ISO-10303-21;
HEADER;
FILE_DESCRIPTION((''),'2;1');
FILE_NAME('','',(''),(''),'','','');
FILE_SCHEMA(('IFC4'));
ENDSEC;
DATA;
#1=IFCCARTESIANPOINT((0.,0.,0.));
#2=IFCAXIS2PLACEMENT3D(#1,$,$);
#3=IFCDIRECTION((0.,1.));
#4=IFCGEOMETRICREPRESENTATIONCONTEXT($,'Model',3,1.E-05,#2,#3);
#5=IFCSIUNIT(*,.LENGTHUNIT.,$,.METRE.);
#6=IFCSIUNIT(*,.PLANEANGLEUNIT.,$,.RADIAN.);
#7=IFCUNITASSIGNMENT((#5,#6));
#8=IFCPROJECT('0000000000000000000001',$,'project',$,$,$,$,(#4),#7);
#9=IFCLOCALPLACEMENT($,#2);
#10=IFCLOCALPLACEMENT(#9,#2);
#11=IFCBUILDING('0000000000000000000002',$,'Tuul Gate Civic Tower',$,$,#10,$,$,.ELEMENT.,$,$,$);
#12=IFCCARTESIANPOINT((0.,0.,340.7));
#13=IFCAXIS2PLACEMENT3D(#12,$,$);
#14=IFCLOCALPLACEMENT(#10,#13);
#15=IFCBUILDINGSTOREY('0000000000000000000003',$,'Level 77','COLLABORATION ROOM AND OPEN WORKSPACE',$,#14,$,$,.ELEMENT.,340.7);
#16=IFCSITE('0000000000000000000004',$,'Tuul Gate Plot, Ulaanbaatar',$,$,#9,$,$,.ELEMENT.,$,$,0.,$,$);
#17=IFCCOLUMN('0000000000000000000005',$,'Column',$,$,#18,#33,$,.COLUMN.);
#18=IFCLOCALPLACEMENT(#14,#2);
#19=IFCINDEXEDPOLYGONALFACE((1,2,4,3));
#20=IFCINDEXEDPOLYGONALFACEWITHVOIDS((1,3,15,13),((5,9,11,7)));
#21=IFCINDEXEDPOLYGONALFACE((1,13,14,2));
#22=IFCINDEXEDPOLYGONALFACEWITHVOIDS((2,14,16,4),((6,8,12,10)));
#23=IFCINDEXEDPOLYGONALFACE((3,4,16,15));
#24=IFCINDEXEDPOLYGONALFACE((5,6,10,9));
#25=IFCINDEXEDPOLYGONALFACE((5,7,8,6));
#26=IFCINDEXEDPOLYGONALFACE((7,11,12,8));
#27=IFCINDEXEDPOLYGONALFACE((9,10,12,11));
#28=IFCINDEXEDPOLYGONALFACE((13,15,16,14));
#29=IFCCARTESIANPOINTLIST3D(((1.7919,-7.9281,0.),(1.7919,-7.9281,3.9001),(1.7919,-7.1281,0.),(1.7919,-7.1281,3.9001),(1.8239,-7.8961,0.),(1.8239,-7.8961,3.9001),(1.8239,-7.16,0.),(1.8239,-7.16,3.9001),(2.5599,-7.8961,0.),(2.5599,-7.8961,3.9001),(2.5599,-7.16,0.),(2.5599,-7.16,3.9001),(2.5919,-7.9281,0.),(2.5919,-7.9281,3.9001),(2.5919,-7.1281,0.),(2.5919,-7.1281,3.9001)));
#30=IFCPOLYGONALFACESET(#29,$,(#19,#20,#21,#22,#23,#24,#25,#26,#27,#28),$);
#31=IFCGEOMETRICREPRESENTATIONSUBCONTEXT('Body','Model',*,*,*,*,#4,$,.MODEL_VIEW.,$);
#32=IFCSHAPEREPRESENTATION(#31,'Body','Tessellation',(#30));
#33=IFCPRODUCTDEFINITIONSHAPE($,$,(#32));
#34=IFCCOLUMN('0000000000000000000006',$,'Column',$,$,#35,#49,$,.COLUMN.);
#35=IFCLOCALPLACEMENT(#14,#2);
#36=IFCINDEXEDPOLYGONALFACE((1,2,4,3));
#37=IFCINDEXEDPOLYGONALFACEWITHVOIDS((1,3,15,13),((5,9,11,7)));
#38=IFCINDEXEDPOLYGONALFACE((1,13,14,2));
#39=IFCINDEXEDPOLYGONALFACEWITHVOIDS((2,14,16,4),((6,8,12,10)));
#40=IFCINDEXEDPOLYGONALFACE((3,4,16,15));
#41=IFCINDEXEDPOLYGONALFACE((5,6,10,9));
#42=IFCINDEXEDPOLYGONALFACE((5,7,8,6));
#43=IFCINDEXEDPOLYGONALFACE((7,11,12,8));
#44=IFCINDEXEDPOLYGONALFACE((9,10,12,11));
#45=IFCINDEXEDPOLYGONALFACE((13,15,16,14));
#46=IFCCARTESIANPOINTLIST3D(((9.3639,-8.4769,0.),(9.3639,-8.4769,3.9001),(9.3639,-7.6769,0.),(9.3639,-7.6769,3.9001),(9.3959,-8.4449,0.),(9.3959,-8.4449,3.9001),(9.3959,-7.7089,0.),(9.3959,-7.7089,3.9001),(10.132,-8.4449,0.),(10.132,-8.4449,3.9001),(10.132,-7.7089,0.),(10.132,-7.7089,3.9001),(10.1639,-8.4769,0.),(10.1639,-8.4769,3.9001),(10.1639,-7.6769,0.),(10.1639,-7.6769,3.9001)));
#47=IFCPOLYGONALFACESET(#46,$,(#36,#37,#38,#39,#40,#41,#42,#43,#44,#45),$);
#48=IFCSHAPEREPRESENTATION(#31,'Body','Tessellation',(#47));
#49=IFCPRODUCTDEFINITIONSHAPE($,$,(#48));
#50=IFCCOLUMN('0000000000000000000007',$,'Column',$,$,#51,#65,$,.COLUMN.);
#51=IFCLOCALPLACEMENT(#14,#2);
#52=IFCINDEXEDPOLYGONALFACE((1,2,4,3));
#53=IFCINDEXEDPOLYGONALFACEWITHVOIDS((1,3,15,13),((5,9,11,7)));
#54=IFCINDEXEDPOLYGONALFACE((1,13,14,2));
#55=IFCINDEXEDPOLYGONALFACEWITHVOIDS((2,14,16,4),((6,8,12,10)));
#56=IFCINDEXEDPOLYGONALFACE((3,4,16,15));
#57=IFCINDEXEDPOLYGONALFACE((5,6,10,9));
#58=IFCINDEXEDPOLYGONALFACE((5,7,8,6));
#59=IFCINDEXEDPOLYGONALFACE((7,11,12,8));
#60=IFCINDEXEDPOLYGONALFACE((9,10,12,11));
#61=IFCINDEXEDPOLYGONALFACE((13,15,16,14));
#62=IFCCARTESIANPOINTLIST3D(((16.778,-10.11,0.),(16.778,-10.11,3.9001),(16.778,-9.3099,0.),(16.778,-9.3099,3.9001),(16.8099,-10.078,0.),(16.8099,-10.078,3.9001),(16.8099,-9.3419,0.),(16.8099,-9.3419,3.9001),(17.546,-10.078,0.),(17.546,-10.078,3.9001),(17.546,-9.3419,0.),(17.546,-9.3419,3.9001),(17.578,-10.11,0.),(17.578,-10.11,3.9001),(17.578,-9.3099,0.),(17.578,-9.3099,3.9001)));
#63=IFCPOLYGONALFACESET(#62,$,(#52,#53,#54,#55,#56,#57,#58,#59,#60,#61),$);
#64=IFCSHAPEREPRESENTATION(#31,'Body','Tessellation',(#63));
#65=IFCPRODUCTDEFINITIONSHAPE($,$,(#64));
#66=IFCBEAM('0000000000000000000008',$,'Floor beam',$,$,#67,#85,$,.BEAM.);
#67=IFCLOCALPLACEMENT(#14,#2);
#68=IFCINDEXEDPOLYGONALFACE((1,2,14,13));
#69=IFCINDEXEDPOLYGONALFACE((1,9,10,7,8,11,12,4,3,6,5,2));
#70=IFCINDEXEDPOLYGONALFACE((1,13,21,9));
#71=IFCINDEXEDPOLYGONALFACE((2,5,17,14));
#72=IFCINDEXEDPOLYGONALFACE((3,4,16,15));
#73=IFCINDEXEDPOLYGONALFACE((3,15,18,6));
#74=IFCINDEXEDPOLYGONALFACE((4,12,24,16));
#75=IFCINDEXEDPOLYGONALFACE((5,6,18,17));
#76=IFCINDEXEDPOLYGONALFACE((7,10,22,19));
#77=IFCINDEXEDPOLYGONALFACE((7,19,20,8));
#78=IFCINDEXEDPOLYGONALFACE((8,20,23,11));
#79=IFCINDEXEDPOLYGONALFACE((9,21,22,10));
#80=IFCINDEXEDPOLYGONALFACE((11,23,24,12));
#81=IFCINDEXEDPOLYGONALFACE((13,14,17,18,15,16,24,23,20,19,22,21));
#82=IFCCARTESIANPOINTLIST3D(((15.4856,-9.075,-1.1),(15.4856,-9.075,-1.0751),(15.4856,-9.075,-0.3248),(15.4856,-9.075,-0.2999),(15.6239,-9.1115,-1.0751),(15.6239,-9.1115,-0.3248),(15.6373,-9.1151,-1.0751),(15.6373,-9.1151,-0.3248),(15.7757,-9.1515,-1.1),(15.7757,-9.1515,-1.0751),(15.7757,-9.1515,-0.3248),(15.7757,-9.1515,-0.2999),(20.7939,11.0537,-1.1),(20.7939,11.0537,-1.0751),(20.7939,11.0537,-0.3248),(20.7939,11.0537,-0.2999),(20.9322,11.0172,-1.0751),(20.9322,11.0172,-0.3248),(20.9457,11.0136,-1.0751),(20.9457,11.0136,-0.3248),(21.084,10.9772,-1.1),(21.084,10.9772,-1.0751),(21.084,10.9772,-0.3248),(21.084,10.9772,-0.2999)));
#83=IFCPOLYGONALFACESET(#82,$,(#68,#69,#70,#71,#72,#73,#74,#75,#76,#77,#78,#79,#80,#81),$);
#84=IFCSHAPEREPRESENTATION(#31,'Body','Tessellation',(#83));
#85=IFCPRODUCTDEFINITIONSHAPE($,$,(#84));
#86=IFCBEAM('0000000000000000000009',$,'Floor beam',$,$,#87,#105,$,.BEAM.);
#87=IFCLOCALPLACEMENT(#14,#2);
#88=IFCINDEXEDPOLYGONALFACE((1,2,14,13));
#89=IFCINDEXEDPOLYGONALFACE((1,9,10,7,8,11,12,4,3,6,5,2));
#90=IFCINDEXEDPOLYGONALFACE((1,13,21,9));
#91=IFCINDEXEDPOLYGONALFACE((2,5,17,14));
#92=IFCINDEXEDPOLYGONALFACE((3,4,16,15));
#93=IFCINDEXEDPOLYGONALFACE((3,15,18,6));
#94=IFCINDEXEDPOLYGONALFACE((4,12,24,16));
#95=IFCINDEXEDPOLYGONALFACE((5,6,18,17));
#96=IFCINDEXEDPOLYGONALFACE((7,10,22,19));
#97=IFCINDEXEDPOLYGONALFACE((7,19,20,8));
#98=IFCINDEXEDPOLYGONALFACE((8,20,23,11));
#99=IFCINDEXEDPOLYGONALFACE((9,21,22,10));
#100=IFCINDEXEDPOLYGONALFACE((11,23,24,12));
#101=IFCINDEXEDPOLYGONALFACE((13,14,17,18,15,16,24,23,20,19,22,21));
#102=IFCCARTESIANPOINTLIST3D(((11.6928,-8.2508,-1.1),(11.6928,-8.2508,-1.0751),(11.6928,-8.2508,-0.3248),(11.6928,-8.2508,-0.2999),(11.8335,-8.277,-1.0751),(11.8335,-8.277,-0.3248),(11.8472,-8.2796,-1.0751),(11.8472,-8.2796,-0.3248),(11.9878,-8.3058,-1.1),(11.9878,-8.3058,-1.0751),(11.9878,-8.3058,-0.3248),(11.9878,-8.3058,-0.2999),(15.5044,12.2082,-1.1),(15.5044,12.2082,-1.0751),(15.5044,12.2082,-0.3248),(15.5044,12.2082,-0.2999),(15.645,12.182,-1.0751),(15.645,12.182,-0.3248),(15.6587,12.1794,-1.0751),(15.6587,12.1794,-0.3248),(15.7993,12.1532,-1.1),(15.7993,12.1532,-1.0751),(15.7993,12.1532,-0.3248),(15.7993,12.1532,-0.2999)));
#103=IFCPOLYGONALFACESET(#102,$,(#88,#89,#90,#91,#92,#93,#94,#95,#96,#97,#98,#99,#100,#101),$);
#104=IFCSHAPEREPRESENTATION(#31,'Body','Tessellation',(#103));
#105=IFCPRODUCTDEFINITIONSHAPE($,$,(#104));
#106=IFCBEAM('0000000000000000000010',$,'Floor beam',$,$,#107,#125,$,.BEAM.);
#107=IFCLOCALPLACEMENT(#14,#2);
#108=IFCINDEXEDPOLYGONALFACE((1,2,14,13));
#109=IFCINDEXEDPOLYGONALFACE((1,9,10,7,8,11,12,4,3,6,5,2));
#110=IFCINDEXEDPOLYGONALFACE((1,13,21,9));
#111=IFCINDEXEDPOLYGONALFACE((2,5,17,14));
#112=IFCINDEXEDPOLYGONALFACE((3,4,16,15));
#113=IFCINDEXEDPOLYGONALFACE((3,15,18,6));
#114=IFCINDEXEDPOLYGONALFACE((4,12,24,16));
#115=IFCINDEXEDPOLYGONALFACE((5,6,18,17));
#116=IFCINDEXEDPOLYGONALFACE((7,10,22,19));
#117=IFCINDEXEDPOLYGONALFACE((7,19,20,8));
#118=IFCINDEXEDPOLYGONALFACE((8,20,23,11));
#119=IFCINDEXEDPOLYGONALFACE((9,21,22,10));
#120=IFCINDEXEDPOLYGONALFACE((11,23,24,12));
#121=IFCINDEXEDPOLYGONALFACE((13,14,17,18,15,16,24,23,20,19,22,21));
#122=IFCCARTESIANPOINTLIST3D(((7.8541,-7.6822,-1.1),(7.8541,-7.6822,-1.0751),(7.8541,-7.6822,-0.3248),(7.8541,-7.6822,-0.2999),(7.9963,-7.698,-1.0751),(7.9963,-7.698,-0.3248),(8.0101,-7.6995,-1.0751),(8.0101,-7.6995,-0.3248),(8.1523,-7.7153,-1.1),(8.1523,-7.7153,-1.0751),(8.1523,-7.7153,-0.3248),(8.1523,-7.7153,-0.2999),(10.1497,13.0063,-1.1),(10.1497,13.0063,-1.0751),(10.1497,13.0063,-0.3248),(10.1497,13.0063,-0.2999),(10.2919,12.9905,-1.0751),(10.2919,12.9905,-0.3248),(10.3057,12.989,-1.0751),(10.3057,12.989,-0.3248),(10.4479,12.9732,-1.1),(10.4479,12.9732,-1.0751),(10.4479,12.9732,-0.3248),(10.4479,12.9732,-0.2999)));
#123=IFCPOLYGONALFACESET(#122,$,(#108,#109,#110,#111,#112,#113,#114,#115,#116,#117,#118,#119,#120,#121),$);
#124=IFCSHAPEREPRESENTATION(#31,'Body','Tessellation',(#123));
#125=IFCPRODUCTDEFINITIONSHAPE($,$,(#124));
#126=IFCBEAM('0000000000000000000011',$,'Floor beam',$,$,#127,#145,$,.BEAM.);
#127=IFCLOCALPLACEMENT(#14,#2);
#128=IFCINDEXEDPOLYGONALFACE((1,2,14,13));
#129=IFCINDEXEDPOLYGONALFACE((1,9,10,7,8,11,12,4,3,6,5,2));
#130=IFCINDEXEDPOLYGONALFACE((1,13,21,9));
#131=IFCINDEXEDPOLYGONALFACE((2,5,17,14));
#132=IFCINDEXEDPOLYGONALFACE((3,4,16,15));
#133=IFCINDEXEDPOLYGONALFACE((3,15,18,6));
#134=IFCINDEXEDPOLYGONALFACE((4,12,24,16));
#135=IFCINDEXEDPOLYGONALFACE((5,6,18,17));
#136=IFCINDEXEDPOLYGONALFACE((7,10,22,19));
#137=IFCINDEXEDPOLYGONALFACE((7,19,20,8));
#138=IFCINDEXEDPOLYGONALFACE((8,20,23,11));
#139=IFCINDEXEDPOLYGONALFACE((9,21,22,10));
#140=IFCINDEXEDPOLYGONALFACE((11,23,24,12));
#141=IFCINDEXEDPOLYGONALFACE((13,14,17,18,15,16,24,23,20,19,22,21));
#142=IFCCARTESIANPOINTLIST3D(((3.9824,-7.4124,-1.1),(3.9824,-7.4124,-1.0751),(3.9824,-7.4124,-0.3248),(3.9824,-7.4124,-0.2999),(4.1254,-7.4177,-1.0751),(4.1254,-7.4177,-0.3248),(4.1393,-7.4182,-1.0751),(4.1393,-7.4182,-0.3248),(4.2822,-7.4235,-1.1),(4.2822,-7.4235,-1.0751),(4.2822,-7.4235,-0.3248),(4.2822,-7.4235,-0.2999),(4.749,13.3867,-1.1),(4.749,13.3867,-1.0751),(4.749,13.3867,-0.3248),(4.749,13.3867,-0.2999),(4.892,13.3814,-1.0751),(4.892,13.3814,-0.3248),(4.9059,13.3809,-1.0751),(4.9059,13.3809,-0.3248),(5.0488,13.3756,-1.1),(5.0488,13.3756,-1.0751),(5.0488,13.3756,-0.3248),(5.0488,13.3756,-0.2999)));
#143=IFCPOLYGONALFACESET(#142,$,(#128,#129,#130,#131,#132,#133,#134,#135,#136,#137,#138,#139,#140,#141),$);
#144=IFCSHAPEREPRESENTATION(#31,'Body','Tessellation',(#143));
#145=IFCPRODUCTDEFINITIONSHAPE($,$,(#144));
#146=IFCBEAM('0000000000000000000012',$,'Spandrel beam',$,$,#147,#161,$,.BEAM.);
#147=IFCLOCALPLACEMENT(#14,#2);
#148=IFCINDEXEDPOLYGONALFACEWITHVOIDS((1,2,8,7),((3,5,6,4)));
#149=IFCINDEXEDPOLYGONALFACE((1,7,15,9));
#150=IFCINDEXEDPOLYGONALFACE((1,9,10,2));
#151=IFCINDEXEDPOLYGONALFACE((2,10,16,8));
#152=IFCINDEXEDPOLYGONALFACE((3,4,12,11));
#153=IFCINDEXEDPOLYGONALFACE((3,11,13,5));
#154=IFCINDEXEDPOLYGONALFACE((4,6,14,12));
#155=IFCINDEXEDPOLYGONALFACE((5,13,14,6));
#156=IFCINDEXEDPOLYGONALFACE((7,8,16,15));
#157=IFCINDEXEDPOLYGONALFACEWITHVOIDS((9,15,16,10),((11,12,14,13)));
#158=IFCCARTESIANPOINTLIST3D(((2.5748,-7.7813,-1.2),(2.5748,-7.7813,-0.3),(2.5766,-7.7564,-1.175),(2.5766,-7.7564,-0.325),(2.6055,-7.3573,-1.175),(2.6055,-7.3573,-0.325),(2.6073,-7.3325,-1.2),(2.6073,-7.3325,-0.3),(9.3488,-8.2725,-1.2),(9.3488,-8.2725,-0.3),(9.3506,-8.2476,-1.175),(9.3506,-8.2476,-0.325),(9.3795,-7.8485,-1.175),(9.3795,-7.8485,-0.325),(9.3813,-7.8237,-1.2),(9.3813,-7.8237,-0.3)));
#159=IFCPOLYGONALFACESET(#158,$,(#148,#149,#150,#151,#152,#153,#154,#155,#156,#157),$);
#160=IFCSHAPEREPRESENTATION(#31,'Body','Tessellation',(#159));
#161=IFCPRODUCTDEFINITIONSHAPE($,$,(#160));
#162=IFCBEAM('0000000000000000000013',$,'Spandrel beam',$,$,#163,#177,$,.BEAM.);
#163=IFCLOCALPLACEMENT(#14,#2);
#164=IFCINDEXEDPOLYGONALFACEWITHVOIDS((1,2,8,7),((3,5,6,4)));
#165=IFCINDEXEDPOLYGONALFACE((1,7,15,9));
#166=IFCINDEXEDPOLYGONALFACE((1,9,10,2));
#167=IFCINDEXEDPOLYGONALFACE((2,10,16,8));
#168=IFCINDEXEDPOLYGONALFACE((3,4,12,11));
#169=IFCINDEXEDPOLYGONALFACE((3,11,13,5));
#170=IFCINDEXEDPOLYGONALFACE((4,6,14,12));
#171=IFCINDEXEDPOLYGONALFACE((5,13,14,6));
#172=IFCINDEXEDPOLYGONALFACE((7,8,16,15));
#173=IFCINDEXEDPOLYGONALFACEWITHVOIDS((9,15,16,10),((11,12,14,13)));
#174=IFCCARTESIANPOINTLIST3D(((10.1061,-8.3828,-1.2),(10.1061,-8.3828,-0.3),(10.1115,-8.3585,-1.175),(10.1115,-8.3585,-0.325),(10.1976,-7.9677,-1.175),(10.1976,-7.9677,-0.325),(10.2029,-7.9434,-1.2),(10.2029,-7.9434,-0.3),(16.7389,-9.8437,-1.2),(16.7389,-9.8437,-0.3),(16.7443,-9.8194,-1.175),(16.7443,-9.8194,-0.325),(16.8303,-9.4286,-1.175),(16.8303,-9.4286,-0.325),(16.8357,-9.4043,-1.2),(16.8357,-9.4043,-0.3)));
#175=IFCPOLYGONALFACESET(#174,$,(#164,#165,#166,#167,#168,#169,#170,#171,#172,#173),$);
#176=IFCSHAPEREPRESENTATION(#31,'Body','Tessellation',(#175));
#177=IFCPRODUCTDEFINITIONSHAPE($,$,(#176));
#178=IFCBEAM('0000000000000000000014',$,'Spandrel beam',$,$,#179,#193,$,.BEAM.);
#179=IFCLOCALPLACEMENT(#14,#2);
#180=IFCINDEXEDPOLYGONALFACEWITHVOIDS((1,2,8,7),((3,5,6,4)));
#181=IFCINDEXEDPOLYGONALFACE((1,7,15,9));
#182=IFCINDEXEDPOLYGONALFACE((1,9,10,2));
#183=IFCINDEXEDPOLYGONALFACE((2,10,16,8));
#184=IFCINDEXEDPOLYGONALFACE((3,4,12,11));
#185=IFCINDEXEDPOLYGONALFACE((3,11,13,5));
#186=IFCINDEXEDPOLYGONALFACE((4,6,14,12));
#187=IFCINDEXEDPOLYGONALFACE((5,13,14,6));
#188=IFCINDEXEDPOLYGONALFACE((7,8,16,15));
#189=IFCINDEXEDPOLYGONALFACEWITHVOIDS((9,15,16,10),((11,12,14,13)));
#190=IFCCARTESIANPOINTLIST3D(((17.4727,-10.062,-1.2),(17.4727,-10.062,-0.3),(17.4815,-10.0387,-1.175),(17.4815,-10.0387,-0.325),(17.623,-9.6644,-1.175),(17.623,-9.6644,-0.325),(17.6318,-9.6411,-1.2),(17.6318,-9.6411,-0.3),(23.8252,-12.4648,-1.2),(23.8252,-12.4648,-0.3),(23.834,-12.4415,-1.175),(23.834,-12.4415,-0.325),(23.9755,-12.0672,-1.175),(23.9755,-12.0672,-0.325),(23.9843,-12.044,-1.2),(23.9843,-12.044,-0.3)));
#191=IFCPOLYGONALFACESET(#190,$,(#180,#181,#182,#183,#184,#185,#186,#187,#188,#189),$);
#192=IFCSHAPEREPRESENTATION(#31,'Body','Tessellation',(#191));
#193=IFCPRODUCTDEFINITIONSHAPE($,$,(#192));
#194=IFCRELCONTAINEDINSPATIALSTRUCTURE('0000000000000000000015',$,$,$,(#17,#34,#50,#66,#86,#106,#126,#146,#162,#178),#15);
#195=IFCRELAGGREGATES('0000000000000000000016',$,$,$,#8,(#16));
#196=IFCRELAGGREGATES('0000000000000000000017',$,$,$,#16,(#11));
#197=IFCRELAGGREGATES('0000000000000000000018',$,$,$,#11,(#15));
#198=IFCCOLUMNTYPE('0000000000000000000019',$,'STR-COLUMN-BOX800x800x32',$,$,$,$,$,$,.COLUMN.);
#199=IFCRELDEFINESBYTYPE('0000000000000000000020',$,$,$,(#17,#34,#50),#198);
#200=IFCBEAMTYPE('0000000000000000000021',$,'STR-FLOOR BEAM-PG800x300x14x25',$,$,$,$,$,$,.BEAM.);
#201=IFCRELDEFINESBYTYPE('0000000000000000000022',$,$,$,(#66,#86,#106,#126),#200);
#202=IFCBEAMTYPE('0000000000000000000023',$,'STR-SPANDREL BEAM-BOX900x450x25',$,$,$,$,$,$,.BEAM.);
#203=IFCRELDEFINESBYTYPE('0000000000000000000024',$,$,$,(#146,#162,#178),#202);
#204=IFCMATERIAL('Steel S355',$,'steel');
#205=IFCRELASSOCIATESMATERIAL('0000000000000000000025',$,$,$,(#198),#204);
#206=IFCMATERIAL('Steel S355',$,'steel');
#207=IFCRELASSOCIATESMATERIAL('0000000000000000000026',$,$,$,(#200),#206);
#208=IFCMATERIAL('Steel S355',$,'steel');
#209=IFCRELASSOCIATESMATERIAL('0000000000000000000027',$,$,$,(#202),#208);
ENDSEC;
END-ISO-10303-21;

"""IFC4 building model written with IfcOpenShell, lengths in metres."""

from ifc_helpers import new_model, si_unit, direction, frame, origin, origin_2d, place, context, subcontext, project, spatial, hollow_rectangle, i_section, extrude, material, material_profile, profile_set, type_object, element, save


model = new_model("IFC4")

# Units and contexts
model_context = context("Model", 3, precision=1e-05, world=origin(), true_north=direction((0.0, 1.0)))
body_context = subcontext(model_context, "Body", "Model", "MODEL_VIEW")
ifc_project = project(units=[si_unit("LENGTHUNIT", "METRE"), si_unit("PLANEANGLEUNIT", "RADIAN")], contexts=[model_context])

# Site, building, storey
site_placement = place(None, origin())
site = spatial("IfcSite", under=ifc_project, at=site_placement, Name="Tuul Gate Plot, Ulaanbaatar", CompositionType="ELEMENT", RefElevation=0.0)
building_placement = place(site_placement, origin())
building = spatial("IfcBuilding", under=site, at=building_placement, Name="Tuul Gate Civic Tower", CompositionType="ELEMENT")
storey_placement = place(building_placement, frame((0.0, 0.0, 340.7)))
storey = spatial("IfcBuildingStorey", under=building, at=storey_placement, Name="Level 77", Description="COLLABORATION ROOM AND OPEN WORKSPACE", CompositionType="ELEMENT", Elevation=340.7)

# Columns
ifc_material_1 = material(Name="Steel S355", Category="steel")
ifc_material_profile_1 = material_profile(ifc_material_1, hollow_rectangle(XDim=0.8, YDim=0.8, WallThickness=0.032, at=origin_2d()), Name="BOX800x800x32")
ifc_profile_set_1 = profile_set([ifc_material_profile_1], Name="Steel S355")
column_type = type_object("IfcColumnType", Name="STR-COLUMN-BOX800x800x32", PredefinedType="COLUMN", material=ifc_profile_set_1)
for number, where, z_axis, x_axis, name in (
    (1, (2.1919, -7.5281, 0.0), (0.0, 0.0, 1.0), (1.0, 0.0, 0.0), "Column"),
    (2, (9.7639, -8.0769, 0.0), (0.0, 0.0, 1.0), (1.0, 0.0, 0.0), "Column"),
    (3, (17.178, -9.71, 0.0), (0.0, 0.0, 1.0), (1.0, 0.0, 0.0), "Column"),
):
    element("IfcColumn", number, at=place(storey_placement, frame(where, z_axis=z_axis, x_axis=x_axis)), inside=storey, type_object=column_type, Name=name, PredefinedType="COLUMN", context=body_context, shape_type="SweptSolid", body=[
        extrude(hollow_rectangle(XDim=0.8, YDim=0.8, WallThickness=0.032, at=origin_2d()), origin(), (0.0, 0.0, 1.0), 3.9001),
    ])

# Beams
ifc_material_2 = material(Name="Steel S355", Category="steel")
ifc_material_profile_2 = material_profile(ifc_material_2, i_section(OverallWidth=0.3, OverallDepth=0.8, WebThickness=0.0139, FlangeThickness=0.0249, at=origin_2d()), Name="PG800x300x14x25")
ifc_profile_set_2 = profile_set([ifc_material_profile_2], Name="Steel S355")
beam_type_1 = type_object("IfcBeamType", Name="STR-FLOOR BEAM-PG800x300x14x25", PredefinedType="BEAM", material=ifc_profile_set_2)
beam_1_placement = place(storey_placement, frame((15.6306, -9.1133, -0.7), z_axis=(0.255002, 0.96694, 0.0), x_axis=(-0.96694, 0.255002, 0.0)))
element("IfcBeam", 4, at=beam_1_placement, inside=storey, type_object=beam_type_1, Name="Floor beam", PredefinedType="BEAM", context=body_context, shape_type="SweptSolid", body=[
    extrude(i_section(OverallWidth=0.3, OverallDepth=0.8, WebThickness=0.0139, FlangeThickness=0.0249, at=origin_2d()), origin(), (0.0, 0.0, 1.0), 20.8169),
])
beam_2_placement = place(storey_placement, frame((11.8403, -8.2783, -0.7), z_axis=(0.183149, 0.983085, 0.0), x_axis=(-0.983085, 0.183149, 0.0)))
element("IfcBeam", 5, at=beam_2_placement, inside=storey, type_object=beam_type_1, Name="Floor beam", PredefinedType="BEAM", context=body_context, shape_type="SweptSolid", body=[
    extrude(i_section(OverallWidth=0.3, OverallDepth=0.8, WebThickness=0.0139, FlangeThickness=0.0249, at=origin_2d()), origin(), (0.0, 0.0, 1.0), 20.811),
])
beam_3_placement = place(storey_placement, frame((8.0032, -7.6987, -0.7), z_axis=(0.110286, 0.9939, 0.0), x_axis=(-0.9939, 0.110286, 0.0)))
element("IfcBeam", 6, at=beam_3_placement, inside=storey, type_object=beam_type_1, Name="Floor beam", PredefinedType="BEAM", context=body_context, shape_type="SweptSolid", body=[
    extrude(i_section(OverallWidth=0.3, OverallDepth=0.8, WebThickness=0.0139, FlangeThickness=0.0249, at=origin_2d()), origin(), (0.0, 0.0, 1.0), 20.8154),
])
beam_4_placement = place(storey_placement, frame((4.1323, -7.418, -0.7), z_axis=(0.036832, 0.999321, 0.0), x_axis=(-0.999321, 0.036832, 0.0)))
element("IfcBeam", 7, at=beam_4_placement, inside=storey, type_object=beam_type_1, Name="Floor beam", PredefinedType="BEAM", context=body_context, shape_type="SweptSolid", body=[
    extrude(i_section(OverallWidth=0.3, OverallDepth=0.8, WebThickness=0.0139, FlangeThickness=0.0249, at=origin_2d()), origin(), (0.0, 0.0, 1.0), 20.8132),
])
ifc_material_3 = material(Name="Steel S355", Category="steel")
ifc_material_profile_3 = material_profile(ifc_material_3, hollow_rectangle(XDim=0.45, YDim=0.8999, WallThickness=0.0249, at=origin_2d()), Name="BOX900x450x25")
ifc_profile_set_3 = profile_set([ifc_material_profile_3], Name="Steel S355")
beam_type_2 = type_object("IfcBeamType", Name="STR-SPANDREL BEAM-BOX900x450x25", PredefinedType="BEAM", material=ifc_profile_set_3)
for number, where, z_axis, x_axis, name in (
    (8, (2.5911, -7.5569, -0.75), (0.997381, -0.072325, 0.0), (0.072325, 0.997381, 0.0), "Spandrel beam"),
    (9, (10.1545, -8.1631, -0.75), (0.976591, -0.215103, 0.0), (0.215103, 0.976591, 0.0), "Spandrel beam"),
    (10, (17.5522, -9.8516, -0.75), (0.935327, -0.353785, 0.0), (0.353785, 0.935327, 0.0), "Spandrel beam"),
):
    element("IfcBeam", number, at=place(storey_placement, frame(where, z_axis=z_axis, x_axis=x_axis)), inside=storey, type_object=beam_type_2, Name=name, PredefinedType="BEAM", context=body_context, shape_type="SweptSolid", body=[
        extrude(hollow_rectangle(XDim=0.45, YDim=0.8999, WallThickness=0.0249, at=origin_2d()), origin(), (0.0, 0.0, 1.0), 6.7917),
    ])

save(model, "model.ifc")
